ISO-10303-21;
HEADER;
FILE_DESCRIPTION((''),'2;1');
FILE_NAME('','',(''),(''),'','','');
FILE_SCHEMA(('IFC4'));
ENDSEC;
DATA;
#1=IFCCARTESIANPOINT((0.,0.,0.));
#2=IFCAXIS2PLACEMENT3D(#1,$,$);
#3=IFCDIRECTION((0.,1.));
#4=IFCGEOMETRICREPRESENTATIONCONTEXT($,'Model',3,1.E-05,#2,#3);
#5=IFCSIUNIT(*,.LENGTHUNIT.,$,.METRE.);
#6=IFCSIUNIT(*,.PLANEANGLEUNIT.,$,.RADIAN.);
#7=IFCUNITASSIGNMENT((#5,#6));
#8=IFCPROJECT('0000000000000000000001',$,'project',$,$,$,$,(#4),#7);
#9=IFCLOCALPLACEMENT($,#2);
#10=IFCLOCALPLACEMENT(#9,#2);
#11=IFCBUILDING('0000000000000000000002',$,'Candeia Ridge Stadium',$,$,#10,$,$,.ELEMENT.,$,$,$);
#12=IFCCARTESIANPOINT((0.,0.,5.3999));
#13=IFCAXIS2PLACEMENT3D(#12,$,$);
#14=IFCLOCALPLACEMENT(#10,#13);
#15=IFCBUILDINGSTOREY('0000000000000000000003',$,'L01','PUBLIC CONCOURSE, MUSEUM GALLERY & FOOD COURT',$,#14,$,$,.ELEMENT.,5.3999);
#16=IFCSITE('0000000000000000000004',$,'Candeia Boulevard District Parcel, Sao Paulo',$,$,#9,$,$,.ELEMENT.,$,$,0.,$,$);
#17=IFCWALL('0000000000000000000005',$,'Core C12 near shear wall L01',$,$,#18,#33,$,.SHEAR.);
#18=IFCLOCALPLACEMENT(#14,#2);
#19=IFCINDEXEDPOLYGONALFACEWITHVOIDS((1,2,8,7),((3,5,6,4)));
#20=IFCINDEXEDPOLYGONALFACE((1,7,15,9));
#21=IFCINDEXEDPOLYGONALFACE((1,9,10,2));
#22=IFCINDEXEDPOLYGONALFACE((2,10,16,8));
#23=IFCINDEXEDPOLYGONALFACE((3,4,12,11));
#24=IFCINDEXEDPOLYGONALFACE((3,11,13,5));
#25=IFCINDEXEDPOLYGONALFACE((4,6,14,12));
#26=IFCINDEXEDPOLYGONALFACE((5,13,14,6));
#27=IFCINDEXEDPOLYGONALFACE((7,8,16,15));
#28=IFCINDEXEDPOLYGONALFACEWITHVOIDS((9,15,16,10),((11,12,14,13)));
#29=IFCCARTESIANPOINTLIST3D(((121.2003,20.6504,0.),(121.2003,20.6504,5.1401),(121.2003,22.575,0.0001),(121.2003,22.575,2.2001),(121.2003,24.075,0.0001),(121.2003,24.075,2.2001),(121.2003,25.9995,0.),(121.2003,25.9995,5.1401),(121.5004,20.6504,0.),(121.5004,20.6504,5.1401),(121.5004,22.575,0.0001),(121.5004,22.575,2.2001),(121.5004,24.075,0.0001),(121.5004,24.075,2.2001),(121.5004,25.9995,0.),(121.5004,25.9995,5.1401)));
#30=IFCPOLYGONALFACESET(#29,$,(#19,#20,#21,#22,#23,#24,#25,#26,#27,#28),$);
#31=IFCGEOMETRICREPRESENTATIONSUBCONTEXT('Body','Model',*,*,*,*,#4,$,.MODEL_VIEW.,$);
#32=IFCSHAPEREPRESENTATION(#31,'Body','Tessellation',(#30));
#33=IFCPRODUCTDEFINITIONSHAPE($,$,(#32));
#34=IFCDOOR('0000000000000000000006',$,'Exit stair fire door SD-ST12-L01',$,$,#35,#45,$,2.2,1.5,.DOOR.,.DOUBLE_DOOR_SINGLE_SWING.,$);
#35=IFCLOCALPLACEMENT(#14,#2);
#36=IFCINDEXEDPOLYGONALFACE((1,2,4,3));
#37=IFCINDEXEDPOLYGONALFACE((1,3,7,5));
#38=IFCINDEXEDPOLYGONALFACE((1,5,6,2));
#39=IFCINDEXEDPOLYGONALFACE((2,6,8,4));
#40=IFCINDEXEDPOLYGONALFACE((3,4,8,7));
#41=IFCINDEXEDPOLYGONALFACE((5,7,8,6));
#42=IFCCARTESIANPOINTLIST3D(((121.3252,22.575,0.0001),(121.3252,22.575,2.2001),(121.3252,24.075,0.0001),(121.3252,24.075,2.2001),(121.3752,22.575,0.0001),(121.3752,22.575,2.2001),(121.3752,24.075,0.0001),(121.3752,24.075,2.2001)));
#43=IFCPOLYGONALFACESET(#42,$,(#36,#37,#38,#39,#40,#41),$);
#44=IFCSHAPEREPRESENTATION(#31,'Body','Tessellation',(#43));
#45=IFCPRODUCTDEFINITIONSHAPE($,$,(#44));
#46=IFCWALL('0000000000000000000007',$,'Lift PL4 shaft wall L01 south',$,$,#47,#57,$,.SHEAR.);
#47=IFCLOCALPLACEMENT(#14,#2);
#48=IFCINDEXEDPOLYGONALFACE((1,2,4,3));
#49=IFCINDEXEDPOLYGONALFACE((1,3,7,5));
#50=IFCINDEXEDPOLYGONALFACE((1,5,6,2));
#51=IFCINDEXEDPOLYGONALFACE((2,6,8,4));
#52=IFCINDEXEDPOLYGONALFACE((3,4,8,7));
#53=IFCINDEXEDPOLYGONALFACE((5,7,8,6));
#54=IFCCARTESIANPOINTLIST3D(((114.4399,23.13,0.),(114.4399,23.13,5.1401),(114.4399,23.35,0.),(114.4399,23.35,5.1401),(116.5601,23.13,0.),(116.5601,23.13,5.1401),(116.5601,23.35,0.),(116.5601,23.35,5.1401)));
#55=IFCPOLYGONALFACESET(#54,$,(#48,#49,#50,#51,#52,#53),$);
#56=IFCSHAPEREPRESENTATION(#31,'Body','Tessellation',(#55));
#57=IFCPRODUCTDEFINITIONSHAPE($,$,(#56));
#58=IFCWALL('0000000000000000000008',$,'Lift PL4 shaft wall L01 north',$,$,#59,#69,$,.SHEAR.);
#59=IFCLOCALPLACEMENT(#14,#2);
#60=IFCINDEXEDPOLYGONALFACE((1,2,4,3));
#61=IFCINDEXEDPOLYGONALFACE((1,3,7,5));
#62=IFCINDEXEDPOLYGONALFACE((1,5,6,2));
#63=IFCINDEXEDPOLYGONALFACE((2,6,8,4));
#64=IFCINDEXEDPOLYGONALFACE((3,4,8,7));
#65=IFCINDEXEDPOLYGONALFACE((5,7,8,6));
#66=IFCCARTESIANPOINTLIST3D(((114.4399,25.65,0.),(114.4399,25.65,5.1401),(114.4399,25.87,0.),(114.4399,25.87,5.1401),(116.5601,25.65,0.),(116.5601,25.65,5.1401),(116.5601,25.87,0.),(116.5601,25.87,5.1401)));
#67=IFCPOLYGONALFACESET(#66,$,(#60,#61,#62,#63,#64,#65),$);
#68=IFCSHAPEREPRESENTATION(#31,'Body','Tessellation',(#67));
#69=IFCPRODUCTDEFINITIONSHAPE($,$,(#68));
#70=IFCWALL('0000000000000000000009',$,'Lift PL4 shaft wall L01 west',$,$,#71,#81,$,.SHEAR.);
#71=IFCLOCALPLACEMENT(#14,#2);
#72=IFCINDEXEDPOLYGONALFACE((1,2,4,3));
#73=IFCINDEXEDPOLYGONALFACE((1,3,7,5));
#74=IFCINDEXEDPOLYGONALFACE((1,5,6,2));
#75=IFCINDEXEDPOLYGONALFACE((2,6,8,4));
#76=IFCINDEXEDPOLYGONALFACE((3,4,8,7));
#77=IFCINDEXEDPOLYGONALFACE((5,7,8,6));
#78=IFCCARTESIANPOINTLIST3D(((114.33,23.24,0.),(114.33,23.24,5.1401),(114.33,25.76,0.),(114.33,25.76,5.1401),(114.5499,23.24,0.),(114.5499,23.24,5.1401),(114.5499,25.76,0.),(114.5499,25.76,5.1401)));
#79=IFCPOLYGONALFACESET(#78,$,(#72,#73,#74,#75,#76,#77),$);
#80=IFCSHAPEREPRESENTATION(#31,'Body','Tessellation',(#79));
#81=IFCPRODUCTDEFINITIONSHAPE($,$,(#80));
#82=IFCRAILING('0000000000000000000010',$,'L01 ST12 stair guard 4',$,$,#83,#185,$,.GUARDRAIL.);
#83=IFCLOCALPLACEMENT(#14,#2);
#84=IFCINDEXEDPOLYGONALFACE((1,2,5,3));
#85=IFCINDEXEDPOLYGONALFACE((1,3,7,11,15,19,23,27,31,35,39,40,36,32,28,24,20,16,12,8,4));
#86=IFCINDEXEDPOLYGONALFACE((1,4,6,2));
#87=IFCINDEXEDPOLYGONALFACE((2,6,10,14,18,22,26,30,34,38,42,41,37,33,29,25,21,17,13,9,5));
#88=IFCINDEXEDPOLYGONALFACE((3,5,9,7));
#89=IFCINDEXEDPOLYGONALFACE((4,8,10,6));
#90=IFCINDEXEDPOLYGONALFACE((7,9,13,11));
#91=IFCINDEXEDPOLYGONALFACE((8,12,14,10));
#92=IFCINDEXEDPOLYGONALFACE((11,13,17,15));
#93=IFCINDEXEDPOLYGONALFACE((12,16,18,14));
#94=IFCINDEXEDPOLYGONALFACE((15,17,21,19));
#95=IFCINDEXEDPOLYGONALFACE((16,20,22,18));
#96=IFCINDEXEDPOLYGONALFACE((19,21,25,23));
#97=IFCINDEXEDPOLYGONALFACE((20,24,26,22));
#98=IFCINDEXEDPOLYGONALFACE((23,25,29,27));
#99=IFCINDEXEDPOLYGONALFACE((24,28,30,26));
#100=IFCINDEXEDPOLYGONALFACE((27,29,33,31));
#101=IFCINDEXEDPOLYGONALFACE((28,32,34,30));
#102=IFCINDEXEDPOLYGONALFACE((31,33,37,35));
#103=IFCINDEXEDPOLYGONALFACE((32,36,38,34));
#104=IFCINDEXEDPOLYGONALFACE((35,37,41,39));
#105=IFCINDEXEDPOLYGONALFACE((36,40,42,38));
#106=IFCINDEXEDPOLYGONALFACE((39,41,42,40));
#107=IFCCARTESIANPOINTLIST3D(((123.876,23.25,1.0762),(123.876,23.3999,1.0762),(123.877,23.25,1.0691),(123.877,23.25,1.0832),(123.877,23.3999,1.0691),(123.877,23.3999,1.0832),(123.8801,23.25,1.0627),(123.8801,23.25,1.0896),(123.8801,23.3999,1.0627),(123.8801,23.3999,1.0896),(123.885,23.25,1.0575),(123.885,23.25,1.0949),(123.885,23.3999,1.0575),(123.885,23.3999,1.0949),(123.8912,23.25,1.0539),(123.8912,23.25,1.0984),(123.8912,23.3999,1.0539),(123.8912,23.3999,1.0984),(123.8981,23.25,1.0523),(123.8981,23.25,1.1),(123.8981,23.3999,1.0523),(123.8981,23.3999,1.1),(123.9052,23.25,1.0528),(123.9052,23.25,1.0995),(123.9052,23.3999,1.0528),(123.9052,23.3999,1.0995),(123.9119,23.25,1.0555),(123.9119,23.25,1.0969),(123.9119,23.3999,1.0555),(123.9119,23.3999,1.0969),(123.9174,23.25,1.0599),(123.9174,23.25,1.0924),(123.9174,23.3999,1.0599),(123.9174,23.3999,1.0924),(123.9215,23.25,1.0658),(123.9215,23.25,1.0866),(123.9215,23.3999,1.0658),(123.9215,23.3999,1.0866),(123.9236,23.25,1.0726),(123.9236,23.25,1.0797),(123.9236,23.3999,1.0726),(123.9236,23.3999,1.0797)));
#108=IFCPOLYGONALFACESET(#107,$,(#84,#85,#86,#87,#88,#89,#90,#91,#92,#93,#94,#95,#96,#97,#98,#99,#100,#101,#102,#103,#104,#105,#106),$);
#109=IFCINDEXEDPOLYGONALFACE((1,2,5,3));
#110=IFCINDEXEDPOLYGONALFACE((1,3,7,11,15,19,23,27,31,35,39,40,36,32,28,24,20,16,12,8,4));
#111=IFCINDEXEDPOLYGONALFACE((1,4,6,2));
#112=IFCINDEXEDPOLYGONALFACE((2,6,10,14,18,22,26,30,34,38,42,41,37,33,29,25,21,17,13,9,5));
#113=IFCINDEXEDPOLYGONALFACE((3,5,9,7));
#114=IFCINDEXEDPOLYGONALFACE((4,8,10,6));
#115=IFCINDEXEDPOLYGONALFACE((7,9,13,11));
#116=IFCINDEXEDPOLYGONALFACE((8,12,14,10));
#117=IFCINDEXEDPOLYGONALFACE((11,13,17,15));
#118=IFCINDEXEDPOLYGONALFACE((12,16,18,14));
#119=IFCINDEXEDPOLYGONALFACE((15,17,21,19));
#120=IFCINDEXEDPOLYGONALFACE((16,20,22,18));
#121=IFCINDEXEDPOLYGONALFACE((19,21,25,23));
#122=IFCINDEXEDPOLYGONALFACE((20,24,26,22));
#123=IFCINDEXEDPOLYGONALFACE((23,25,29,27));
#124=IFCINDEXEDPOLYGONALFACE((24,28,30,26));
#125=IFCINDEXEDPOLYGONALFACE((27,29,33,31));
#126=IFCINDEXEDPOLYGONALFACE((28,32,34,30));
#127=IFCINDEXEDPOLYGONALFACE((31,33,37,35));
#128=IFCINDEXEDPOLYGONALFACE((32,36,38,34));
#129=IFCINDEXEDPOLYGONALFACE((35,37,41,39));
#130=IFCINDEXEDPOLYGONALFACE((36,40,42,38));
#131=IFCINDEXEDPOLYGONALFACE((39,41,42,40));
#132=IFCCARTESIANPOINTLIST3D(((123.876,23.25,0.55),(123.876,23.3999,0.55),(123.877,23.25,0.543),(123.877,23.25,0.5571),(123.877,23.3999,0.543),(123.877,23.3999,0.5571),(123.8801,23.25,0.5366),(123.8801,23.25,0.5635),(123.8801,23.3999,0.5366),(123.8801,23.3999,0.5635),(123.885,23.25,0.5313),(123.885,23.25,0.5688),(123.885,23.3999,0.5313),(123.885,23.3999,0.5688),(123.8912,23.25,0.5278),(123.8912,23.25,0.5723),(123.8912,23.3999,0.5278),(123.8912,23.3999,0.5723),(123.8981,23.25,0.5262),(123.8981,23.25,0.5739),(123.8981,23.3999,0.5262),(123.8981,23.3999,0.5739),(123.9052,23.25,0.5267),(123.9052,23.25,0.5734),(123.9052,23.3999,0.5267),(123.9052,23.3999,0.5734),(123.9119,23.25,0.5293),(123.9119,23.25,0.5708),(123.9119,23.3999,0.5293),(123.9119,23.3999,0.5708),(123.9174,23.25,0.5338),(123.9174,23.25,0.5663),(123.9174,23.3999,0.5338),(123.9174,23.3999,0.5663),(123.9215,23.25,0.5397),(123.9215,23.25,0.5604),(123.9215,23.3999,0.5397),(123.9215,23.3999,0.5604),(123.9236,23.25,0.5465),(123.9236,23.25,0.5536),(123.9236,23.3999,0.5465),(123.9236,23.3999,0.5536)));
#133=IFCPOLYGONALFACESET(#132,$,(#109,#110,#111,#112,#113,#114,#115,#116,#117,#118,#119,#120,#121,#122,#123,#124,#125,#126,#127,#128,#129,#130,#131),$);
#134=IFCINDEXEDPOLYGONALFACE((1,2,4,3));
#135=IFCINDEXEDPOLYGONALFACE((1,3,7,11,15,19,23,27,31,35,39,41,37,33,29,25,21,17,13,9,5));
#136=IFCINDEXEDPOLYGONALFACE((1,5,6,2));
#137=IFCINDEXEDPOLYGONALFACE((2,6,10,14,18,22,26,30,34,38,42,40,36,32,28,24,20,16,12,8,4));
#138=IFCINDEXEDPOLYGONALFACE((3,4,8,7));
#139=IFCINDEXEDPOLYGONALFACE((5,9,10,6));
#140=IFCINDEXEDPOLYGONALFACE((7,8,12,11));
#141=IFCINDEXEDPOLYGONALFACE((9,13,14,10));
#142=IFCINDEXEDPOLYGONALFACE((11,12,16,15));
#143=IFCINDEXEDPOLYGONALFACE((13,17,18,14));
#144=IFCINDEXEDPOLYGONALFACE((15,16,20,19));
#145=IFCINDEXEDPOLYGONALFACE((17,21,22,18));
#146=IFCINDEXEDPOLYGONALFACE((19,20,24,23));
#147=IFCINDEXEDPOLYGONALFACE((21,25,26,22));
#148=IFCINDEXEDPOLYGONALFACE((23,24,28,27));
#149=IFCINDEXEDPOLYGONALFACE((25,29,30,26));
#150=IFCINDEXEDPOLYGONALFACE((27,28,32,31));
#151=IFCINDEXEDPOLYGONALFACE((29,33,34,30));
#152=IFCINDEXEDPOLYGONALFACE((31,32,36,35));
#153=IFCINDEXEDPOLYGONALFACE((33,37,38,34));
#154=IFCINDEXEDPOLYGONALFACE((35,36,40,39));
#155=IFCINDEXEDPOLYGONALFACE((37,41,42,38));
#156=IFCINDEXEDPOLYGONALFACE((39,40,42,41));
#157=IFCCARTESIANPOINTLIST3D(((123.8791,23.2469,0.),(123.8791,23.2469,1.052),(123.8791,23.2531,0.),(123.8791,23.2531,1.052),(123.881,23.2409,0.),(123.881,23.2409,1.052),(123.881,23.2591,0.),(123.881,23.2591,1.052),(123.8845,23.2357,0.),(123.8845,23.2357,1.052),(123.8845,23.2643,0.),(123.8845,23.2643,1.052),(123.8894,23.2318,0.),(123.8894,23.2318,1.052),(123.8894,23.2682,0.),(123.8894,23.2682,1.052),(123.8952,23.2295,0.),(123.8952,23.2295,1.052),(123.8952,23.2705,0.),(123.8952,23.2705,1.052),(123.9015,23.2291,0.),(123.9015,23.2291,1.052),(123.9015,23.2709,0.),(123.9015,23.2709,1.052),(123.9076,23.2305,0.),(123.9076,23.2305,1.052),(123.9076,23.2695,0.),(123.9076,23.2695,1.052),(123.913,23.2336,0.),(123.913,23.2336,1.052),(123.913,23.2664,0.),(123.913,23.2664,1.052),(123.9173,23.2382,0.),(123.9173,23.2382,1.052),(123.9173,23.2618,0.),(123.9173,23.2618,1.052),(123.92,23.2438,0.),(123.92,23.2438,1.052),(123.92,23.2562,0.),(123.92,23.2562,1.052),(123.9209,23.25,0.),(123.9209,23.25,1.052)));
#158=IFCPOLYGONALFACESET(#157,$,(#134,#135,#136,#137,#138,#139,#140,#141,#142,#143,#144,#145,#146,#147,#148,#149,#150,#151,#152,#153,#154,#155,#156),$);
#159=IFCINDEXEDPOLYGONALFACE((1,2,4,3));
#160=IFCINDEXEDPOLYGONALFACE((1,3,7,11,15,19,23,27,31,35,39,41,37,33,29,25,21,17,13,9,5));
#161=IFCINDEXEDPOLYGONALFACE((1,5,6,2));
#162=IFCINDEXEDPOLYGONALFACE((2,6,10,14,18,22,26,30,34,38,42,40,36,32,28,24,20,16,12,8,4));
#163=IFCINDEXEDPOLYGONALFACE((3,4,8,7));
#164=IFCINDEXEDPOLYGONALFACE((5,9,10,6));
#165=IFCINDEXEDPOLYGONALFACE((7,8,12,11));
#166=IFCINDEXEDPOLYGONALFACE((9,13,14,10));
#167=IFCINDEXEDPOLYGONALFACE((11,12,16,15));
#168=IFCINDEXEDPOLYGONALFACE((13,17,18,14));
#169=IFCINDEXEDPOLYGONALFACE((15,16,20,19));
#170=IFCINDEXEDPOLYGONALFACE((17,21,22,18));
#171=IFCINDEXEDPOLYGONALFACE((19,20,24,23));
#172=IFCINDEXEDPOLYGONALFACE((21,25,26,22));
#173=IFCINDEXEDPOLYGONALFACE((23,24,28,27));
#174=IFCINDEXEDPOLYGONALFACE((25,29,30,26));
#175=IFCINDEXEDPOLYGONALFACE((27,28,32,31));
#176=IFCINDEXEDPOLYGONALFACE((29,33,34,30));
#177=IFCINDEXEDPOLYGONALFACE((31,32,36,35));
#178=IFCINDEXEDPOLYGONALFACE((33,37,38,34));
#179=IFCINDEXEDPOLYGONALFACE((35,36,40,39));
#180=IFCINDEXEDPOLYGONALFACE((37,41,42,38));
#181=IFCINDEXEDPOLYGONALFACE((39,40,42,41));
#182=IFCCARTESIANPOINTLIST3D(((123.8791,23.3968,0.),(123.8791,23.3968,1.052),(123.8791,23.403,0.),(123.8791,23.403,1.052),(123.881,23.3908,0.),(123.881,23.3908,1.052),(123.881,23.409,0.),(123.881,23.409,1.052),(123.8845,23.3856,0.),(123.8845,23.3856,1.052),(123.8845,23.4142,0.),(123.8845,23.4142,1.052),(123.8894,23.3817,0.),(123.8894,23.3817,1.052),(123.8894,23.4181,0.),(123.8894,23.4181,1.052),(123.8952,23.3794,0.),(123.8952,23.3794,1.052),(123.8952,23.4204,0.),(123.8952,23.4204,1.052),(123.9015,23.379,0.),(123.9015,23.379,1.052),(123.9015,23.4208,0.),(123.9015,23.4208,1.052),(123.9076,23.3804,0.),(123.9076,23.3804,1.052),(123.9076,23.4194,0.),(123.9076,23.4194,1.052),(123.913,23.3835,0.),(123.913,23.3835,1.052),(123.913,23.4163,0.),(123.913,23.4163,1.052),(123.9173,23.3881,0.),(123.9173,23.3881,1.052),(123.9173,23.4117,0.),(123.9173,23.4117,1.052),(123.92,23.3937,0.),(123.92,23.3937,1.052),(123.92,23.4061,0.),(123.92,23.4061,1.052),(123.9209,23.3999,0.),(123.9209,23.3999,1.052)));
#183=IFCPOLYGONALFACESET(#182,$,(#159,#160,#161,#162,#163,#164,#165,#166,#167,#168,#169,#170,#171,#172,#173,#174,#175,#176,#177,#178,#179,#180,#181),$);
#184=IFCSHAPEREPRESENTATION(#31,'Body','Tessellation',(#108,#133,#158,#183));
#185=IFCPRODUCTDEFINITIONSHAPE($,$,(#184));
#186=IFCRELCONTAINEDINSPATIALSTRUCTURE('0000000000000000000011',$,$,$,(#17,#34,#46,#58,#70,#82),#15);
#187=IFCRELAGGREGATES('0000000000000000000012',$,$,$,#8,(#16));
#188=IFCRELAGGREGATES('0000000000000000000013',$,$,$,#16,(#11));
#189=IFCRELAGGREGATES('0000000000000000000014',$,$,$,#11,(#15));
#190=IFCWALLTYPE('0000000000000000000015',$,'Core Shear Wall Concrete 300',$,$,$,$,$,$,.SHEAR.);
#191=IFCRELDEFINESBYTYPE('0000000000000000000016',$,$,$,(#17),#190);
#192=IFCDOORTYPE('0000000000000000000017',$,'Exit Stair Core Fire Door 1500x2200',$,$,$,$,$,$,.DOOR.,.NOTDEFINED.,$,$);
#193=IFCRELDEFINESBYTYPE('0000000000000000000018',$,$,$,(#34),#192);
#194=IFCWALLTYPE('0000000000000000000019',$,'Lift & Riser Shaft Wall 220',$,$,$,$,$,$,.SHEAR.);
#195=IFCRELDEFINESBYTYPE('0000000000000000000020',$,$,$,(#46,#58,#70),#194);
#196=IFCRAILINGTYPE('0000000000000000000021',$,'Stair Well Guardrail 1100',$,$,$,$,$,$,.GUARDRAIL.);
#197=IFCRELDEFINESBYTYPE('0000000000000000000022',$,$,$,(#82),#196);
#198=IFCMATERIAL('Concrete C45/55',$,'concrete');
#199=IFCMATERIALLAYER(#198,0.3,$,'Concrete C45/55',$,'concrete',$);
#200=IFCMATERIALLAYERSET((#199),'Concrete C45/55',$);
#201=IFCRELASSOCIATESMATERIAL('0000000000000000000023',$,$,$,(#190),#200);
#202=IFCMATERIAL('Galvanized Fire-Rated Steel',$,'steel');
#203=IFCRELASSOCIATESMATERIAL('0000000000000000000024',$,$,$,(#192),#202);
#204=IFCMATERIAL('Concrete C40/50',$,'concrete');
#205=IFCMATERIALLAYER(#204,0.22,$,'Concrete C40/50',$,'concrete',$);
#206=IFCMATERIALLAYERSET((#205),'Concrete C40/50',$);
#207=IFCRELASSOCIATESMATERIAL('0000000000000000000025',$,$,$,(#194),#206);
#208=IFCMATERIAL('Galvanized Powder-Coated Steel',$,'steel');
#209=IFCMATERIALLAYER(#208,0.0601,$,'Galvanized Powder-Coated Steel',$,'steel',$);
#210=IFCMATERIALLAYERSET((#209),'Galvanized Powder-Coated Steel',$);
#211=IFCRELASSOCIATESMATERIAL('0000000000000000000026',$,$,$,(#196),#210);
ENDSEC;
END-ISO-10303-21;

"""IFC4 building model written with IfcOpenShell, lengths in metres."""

from ifc_helpers import new_model, si_unit, direction, frame, frame_2d, origin, origin_2d, place, context, subcontext, project, spatial, rectangle, circle, extrude, material, layer, layer_set, type_object, element, fill, save


model = new_model("IFC4")

# Units and contexts
model_context = context("Model", 3, precision=1e-05, world=origin(), true_north=direction((0.0, 1.0)))
body_context = subcontext(model_context, "Body", "Model", "MODEL_VIEW")
ifc_project = project(units=[si_unit("LENGTHUNIT", "METRE"), si_unit("PLANEANGLEUNIT", "RADIAN")], contexts=[model_context])

# Site, building, storey
site_placement = place(None, origin())
site = spatial("IfcSite", under=ifc_project, at=site_placement, Name="Candeia Boulevard District Parcel, Sao Paulo", CompositionType="ELEMENT", RefElevation=0.0)
building_placement = place(site_placement, origin())
building = spatial("IfcBuilding", under=site, at=building_placement, Name="Candeia Ridge Stadium", CompositionType="ELEMENT")
storey_placement = place(building_placement, frame((0.0, 0.0, 5.3999)))
storey = spatial("IfcBuildingStorey", under=building, at=storey_placement, Name="L01", Description="PUBLIC CONCOURSE, MUSEUM GALLERY & FOOD COURT", CompositionType="ELEMENT", Elevation=5.3999)

# Shared definitions
ifc_material_1 = material(Name="Concrete C40/50", Category="concrete")
ifc_material_2 = material(Name="Concrete C45/55", Category="concrete")

# Shared definitions
ifc_layer_1 = layer(ifc_material_2, 0.3, Name="Concrete C45/55", Category="concrete")
ifc_layer_set_1 = layer_set([ifc_layer_1], Name="Concrete C45/55")
wall_type_1 = type_object("IfcWallType", Name="Core Shear Wall Concrete 300", PredefinedType="SHEAR", material=ifc_layer_set_1)

# Wall, opening, door
wall_1_placement = place(storey_placement, frame((121.3503, 25.9995, 0.0), z_axis=(0.0, 0.0, 1.0), x_axis=(0.0, -1.0, 0.0)))
wall_1 = element("IfcWall", 1, at=wall_1_placement, inside=storey, type_object=wall_type_1, Name="Core C12 near shear wall L01", PredefinedType="SHEAR", context=body_context, shape_type="SweptSolid", body=[
    extrude(rectangle(XDim=5.3491, YDim=0.3, at=frame_2d((2.6746, 0.0))), origin(), (0.0, 0.0, 1.0), 5.1401),
])
opening_1_placement = place(wall_1_placement, frame((1.9246, 0.0, 0.0)))
opening_1 = element("IfcOpeningElement", 2, at=opening_1_placement, cuts=wall_1, PredefinedType="OPENING", context=body_context, shape_type="SweptSolid", body=[
    extrude(rectangle(XDim=1.5, YDim=2.2, at=frame_2d((0.75, 1.1001))), frame((0.0, 0.1599, 0.0), z_axis=(0.0, -1.0, 0.0), x_axis=(1.0, 0.0, 0.0)), (0.0, 0.0, 1.0), 0.3201),
])
ifc_material_3 = material(Name="Galvanized Fire-Rated Steel", Category="steel")
door_type_1 = type_object("IfcDoorType", Name="Exit Stair Core Fire Door 1500x2200", OperationType="NOTDEFINED", PredefinedType="DOOR", material=ifc_material_3)
door_1_placement = place(opening_1_placement, origin())
door_1 = element("IfcDoor", 3, at=door_1_placement, inside=storey, type_object=door_type_1, Name="Exit stair fire door SD-ST12-L01", OperationType="DOUBLE_DOOR_SINGLE_SWING", OverallHeight=2.2, OverallWidth=1.5, PredefinedType="DOOR", context=body_context, shape_type="SweptSolid", body=[
    extrude(rectangle(XDim=1.5, YDim=2.2, at=frame_2d((0.75, 1.1001))), frame((0.0, 0.0249, 0.0), z_axis=(0.0, -1.0, 0.0), x_axis=(1.0, 0.0, 0.0)), (0.0, 0.0, 1.0), 0.05),
])
fill(opening_1, door_1)

# Wall
ifc_layer_2 = layer(ifc_material_1, 0.22, Name="Concrete C40/50", Category="concrete")
ifc_layer_set_2 = layer_set([ifc_layer_2], Name="Concrete C40/50")
wall_type_2 = type_object("IfcWallType", Name="Lift & Riser Shaft Wall 220", PredefinedType="SHEAR", material=ifc_layer_set_2)
wall_2_placement = place(storey_placement, frame((114.4399, 23.24, 0.0), z_axis=(0.0, 0.0, 1.0), x_axis=(1.0, 0.0, 0.0)))
element("IfcWall", 4, at=wall_2_placement, inside=storey, type_object=wall_type_2, Name="Lift PL4 shaft wall L01 south", PredefinedType="SHEAR", context=body_context, shape_type="SweptSolid", body=[
    extrude(rectangle(XDim=2.1201, YDim=0.22, at=frame_2d((1.0601, 0.0))), origin(), (0.0, 0.0, 1.0), 5.1401),
])

# Walls
wall_3_placement = place(storey_placement, frame((116.5601, 25.76, 0.0), z_axis=(0.0, 0.0, 1.0), x_axis=(-1.0, 0.0, 0.0)))
element("IfcWall", 5, at=wall_3_placement, inside=storey, type_object=wall_type_2, Name="Lift PL4 shaft wall L01 north", PredefinedType="SHEAR", context=body_context, shape_type="SweptSolid", body=[
    extrude(rectangle(XDim=2.1201, YDim=0.22, at=frame_2d((1.0601, 0.0))), origin(), (0.0, 0.0, 1.0), 5.1401),
])
wall_4_placement = place(storey_placement, frame((114.4399, 25.76, 0.0), z_axis=(0.0, 0.0, 1.0), x_axis=(0.0, -1.0, 0.0)))
element("IfcWall", 6, at=wall_4_placement, inside=storey, type_object=wall_type_2, Name="Lift PL4 shaft wall L01 west", PredefinedType="SHEAR", context=body_context, shape_type="SweptSolid", body=[
    extrude(rectangle(XDim=2.52, YDim=0.22, at=frame_2d((1.26, 0.0))), origin(), (0.0, 0.0, 1.0), 5.1401),
])

# Railing
ifc_material_4 = material(Name="Galvanized Powder-Coated Steel", Category="steel")
ifc_layer_3 = layer(ifc_material_4, 0.0601, Name="Galvanized Powder-Coated Steel", Category="steel")
ifc_layer_set_3 = layer_set([ifc_layer_3], Name="Galvanized Powder-Coated Steel")
railing_type = type_object("IfcRailingType", Name="Stair Well Guardrail 1100", PredefinedType="GUARDRAIL", material=ifc_layer_set_3)
railing_placement = place(storey_placement, frame((123.8999, 23.25, 0.0)))
element("IfcRailing", 7, at=railing_placement, inside=storey, type_object=railing_type, Name="L01 ST12 stair guard 4", PredefinedType="GUARDRAIL", context=body_context, shape_type="SweptSolid", body=[
    extrude(circle(Radius=0.0239, at=origin_2d()), frame((0.0, 0.0, 1.0762), z_axis=(0.0, 1.0, 0.0), x_axis=(-1.0, 0.0, 0.0)), (0.0, 0.0, 1.0), 0.1499),
    extrude(circle(Radius=0.0239, at=origin_2d()), frame((0.0, 0.0, 0.55), z_axis=(0.0, 1.0, 0.0), x_axis=(-1.0, 0.0, 0.0)), (0.0, 0.0, 1.0), 0.1499),
    extrude(circle(Radius=0.021, at=origin_2d()), origin(), (0.0, 0.0, 1.0), 1.052),
    extrude(circle(Radius=0.021, at=origin_2d()), frame((0.0, 0.1499, 0.0)), (0.0, 0.0, 1.0), 1.052),
])

save(model, "model.ifc")
